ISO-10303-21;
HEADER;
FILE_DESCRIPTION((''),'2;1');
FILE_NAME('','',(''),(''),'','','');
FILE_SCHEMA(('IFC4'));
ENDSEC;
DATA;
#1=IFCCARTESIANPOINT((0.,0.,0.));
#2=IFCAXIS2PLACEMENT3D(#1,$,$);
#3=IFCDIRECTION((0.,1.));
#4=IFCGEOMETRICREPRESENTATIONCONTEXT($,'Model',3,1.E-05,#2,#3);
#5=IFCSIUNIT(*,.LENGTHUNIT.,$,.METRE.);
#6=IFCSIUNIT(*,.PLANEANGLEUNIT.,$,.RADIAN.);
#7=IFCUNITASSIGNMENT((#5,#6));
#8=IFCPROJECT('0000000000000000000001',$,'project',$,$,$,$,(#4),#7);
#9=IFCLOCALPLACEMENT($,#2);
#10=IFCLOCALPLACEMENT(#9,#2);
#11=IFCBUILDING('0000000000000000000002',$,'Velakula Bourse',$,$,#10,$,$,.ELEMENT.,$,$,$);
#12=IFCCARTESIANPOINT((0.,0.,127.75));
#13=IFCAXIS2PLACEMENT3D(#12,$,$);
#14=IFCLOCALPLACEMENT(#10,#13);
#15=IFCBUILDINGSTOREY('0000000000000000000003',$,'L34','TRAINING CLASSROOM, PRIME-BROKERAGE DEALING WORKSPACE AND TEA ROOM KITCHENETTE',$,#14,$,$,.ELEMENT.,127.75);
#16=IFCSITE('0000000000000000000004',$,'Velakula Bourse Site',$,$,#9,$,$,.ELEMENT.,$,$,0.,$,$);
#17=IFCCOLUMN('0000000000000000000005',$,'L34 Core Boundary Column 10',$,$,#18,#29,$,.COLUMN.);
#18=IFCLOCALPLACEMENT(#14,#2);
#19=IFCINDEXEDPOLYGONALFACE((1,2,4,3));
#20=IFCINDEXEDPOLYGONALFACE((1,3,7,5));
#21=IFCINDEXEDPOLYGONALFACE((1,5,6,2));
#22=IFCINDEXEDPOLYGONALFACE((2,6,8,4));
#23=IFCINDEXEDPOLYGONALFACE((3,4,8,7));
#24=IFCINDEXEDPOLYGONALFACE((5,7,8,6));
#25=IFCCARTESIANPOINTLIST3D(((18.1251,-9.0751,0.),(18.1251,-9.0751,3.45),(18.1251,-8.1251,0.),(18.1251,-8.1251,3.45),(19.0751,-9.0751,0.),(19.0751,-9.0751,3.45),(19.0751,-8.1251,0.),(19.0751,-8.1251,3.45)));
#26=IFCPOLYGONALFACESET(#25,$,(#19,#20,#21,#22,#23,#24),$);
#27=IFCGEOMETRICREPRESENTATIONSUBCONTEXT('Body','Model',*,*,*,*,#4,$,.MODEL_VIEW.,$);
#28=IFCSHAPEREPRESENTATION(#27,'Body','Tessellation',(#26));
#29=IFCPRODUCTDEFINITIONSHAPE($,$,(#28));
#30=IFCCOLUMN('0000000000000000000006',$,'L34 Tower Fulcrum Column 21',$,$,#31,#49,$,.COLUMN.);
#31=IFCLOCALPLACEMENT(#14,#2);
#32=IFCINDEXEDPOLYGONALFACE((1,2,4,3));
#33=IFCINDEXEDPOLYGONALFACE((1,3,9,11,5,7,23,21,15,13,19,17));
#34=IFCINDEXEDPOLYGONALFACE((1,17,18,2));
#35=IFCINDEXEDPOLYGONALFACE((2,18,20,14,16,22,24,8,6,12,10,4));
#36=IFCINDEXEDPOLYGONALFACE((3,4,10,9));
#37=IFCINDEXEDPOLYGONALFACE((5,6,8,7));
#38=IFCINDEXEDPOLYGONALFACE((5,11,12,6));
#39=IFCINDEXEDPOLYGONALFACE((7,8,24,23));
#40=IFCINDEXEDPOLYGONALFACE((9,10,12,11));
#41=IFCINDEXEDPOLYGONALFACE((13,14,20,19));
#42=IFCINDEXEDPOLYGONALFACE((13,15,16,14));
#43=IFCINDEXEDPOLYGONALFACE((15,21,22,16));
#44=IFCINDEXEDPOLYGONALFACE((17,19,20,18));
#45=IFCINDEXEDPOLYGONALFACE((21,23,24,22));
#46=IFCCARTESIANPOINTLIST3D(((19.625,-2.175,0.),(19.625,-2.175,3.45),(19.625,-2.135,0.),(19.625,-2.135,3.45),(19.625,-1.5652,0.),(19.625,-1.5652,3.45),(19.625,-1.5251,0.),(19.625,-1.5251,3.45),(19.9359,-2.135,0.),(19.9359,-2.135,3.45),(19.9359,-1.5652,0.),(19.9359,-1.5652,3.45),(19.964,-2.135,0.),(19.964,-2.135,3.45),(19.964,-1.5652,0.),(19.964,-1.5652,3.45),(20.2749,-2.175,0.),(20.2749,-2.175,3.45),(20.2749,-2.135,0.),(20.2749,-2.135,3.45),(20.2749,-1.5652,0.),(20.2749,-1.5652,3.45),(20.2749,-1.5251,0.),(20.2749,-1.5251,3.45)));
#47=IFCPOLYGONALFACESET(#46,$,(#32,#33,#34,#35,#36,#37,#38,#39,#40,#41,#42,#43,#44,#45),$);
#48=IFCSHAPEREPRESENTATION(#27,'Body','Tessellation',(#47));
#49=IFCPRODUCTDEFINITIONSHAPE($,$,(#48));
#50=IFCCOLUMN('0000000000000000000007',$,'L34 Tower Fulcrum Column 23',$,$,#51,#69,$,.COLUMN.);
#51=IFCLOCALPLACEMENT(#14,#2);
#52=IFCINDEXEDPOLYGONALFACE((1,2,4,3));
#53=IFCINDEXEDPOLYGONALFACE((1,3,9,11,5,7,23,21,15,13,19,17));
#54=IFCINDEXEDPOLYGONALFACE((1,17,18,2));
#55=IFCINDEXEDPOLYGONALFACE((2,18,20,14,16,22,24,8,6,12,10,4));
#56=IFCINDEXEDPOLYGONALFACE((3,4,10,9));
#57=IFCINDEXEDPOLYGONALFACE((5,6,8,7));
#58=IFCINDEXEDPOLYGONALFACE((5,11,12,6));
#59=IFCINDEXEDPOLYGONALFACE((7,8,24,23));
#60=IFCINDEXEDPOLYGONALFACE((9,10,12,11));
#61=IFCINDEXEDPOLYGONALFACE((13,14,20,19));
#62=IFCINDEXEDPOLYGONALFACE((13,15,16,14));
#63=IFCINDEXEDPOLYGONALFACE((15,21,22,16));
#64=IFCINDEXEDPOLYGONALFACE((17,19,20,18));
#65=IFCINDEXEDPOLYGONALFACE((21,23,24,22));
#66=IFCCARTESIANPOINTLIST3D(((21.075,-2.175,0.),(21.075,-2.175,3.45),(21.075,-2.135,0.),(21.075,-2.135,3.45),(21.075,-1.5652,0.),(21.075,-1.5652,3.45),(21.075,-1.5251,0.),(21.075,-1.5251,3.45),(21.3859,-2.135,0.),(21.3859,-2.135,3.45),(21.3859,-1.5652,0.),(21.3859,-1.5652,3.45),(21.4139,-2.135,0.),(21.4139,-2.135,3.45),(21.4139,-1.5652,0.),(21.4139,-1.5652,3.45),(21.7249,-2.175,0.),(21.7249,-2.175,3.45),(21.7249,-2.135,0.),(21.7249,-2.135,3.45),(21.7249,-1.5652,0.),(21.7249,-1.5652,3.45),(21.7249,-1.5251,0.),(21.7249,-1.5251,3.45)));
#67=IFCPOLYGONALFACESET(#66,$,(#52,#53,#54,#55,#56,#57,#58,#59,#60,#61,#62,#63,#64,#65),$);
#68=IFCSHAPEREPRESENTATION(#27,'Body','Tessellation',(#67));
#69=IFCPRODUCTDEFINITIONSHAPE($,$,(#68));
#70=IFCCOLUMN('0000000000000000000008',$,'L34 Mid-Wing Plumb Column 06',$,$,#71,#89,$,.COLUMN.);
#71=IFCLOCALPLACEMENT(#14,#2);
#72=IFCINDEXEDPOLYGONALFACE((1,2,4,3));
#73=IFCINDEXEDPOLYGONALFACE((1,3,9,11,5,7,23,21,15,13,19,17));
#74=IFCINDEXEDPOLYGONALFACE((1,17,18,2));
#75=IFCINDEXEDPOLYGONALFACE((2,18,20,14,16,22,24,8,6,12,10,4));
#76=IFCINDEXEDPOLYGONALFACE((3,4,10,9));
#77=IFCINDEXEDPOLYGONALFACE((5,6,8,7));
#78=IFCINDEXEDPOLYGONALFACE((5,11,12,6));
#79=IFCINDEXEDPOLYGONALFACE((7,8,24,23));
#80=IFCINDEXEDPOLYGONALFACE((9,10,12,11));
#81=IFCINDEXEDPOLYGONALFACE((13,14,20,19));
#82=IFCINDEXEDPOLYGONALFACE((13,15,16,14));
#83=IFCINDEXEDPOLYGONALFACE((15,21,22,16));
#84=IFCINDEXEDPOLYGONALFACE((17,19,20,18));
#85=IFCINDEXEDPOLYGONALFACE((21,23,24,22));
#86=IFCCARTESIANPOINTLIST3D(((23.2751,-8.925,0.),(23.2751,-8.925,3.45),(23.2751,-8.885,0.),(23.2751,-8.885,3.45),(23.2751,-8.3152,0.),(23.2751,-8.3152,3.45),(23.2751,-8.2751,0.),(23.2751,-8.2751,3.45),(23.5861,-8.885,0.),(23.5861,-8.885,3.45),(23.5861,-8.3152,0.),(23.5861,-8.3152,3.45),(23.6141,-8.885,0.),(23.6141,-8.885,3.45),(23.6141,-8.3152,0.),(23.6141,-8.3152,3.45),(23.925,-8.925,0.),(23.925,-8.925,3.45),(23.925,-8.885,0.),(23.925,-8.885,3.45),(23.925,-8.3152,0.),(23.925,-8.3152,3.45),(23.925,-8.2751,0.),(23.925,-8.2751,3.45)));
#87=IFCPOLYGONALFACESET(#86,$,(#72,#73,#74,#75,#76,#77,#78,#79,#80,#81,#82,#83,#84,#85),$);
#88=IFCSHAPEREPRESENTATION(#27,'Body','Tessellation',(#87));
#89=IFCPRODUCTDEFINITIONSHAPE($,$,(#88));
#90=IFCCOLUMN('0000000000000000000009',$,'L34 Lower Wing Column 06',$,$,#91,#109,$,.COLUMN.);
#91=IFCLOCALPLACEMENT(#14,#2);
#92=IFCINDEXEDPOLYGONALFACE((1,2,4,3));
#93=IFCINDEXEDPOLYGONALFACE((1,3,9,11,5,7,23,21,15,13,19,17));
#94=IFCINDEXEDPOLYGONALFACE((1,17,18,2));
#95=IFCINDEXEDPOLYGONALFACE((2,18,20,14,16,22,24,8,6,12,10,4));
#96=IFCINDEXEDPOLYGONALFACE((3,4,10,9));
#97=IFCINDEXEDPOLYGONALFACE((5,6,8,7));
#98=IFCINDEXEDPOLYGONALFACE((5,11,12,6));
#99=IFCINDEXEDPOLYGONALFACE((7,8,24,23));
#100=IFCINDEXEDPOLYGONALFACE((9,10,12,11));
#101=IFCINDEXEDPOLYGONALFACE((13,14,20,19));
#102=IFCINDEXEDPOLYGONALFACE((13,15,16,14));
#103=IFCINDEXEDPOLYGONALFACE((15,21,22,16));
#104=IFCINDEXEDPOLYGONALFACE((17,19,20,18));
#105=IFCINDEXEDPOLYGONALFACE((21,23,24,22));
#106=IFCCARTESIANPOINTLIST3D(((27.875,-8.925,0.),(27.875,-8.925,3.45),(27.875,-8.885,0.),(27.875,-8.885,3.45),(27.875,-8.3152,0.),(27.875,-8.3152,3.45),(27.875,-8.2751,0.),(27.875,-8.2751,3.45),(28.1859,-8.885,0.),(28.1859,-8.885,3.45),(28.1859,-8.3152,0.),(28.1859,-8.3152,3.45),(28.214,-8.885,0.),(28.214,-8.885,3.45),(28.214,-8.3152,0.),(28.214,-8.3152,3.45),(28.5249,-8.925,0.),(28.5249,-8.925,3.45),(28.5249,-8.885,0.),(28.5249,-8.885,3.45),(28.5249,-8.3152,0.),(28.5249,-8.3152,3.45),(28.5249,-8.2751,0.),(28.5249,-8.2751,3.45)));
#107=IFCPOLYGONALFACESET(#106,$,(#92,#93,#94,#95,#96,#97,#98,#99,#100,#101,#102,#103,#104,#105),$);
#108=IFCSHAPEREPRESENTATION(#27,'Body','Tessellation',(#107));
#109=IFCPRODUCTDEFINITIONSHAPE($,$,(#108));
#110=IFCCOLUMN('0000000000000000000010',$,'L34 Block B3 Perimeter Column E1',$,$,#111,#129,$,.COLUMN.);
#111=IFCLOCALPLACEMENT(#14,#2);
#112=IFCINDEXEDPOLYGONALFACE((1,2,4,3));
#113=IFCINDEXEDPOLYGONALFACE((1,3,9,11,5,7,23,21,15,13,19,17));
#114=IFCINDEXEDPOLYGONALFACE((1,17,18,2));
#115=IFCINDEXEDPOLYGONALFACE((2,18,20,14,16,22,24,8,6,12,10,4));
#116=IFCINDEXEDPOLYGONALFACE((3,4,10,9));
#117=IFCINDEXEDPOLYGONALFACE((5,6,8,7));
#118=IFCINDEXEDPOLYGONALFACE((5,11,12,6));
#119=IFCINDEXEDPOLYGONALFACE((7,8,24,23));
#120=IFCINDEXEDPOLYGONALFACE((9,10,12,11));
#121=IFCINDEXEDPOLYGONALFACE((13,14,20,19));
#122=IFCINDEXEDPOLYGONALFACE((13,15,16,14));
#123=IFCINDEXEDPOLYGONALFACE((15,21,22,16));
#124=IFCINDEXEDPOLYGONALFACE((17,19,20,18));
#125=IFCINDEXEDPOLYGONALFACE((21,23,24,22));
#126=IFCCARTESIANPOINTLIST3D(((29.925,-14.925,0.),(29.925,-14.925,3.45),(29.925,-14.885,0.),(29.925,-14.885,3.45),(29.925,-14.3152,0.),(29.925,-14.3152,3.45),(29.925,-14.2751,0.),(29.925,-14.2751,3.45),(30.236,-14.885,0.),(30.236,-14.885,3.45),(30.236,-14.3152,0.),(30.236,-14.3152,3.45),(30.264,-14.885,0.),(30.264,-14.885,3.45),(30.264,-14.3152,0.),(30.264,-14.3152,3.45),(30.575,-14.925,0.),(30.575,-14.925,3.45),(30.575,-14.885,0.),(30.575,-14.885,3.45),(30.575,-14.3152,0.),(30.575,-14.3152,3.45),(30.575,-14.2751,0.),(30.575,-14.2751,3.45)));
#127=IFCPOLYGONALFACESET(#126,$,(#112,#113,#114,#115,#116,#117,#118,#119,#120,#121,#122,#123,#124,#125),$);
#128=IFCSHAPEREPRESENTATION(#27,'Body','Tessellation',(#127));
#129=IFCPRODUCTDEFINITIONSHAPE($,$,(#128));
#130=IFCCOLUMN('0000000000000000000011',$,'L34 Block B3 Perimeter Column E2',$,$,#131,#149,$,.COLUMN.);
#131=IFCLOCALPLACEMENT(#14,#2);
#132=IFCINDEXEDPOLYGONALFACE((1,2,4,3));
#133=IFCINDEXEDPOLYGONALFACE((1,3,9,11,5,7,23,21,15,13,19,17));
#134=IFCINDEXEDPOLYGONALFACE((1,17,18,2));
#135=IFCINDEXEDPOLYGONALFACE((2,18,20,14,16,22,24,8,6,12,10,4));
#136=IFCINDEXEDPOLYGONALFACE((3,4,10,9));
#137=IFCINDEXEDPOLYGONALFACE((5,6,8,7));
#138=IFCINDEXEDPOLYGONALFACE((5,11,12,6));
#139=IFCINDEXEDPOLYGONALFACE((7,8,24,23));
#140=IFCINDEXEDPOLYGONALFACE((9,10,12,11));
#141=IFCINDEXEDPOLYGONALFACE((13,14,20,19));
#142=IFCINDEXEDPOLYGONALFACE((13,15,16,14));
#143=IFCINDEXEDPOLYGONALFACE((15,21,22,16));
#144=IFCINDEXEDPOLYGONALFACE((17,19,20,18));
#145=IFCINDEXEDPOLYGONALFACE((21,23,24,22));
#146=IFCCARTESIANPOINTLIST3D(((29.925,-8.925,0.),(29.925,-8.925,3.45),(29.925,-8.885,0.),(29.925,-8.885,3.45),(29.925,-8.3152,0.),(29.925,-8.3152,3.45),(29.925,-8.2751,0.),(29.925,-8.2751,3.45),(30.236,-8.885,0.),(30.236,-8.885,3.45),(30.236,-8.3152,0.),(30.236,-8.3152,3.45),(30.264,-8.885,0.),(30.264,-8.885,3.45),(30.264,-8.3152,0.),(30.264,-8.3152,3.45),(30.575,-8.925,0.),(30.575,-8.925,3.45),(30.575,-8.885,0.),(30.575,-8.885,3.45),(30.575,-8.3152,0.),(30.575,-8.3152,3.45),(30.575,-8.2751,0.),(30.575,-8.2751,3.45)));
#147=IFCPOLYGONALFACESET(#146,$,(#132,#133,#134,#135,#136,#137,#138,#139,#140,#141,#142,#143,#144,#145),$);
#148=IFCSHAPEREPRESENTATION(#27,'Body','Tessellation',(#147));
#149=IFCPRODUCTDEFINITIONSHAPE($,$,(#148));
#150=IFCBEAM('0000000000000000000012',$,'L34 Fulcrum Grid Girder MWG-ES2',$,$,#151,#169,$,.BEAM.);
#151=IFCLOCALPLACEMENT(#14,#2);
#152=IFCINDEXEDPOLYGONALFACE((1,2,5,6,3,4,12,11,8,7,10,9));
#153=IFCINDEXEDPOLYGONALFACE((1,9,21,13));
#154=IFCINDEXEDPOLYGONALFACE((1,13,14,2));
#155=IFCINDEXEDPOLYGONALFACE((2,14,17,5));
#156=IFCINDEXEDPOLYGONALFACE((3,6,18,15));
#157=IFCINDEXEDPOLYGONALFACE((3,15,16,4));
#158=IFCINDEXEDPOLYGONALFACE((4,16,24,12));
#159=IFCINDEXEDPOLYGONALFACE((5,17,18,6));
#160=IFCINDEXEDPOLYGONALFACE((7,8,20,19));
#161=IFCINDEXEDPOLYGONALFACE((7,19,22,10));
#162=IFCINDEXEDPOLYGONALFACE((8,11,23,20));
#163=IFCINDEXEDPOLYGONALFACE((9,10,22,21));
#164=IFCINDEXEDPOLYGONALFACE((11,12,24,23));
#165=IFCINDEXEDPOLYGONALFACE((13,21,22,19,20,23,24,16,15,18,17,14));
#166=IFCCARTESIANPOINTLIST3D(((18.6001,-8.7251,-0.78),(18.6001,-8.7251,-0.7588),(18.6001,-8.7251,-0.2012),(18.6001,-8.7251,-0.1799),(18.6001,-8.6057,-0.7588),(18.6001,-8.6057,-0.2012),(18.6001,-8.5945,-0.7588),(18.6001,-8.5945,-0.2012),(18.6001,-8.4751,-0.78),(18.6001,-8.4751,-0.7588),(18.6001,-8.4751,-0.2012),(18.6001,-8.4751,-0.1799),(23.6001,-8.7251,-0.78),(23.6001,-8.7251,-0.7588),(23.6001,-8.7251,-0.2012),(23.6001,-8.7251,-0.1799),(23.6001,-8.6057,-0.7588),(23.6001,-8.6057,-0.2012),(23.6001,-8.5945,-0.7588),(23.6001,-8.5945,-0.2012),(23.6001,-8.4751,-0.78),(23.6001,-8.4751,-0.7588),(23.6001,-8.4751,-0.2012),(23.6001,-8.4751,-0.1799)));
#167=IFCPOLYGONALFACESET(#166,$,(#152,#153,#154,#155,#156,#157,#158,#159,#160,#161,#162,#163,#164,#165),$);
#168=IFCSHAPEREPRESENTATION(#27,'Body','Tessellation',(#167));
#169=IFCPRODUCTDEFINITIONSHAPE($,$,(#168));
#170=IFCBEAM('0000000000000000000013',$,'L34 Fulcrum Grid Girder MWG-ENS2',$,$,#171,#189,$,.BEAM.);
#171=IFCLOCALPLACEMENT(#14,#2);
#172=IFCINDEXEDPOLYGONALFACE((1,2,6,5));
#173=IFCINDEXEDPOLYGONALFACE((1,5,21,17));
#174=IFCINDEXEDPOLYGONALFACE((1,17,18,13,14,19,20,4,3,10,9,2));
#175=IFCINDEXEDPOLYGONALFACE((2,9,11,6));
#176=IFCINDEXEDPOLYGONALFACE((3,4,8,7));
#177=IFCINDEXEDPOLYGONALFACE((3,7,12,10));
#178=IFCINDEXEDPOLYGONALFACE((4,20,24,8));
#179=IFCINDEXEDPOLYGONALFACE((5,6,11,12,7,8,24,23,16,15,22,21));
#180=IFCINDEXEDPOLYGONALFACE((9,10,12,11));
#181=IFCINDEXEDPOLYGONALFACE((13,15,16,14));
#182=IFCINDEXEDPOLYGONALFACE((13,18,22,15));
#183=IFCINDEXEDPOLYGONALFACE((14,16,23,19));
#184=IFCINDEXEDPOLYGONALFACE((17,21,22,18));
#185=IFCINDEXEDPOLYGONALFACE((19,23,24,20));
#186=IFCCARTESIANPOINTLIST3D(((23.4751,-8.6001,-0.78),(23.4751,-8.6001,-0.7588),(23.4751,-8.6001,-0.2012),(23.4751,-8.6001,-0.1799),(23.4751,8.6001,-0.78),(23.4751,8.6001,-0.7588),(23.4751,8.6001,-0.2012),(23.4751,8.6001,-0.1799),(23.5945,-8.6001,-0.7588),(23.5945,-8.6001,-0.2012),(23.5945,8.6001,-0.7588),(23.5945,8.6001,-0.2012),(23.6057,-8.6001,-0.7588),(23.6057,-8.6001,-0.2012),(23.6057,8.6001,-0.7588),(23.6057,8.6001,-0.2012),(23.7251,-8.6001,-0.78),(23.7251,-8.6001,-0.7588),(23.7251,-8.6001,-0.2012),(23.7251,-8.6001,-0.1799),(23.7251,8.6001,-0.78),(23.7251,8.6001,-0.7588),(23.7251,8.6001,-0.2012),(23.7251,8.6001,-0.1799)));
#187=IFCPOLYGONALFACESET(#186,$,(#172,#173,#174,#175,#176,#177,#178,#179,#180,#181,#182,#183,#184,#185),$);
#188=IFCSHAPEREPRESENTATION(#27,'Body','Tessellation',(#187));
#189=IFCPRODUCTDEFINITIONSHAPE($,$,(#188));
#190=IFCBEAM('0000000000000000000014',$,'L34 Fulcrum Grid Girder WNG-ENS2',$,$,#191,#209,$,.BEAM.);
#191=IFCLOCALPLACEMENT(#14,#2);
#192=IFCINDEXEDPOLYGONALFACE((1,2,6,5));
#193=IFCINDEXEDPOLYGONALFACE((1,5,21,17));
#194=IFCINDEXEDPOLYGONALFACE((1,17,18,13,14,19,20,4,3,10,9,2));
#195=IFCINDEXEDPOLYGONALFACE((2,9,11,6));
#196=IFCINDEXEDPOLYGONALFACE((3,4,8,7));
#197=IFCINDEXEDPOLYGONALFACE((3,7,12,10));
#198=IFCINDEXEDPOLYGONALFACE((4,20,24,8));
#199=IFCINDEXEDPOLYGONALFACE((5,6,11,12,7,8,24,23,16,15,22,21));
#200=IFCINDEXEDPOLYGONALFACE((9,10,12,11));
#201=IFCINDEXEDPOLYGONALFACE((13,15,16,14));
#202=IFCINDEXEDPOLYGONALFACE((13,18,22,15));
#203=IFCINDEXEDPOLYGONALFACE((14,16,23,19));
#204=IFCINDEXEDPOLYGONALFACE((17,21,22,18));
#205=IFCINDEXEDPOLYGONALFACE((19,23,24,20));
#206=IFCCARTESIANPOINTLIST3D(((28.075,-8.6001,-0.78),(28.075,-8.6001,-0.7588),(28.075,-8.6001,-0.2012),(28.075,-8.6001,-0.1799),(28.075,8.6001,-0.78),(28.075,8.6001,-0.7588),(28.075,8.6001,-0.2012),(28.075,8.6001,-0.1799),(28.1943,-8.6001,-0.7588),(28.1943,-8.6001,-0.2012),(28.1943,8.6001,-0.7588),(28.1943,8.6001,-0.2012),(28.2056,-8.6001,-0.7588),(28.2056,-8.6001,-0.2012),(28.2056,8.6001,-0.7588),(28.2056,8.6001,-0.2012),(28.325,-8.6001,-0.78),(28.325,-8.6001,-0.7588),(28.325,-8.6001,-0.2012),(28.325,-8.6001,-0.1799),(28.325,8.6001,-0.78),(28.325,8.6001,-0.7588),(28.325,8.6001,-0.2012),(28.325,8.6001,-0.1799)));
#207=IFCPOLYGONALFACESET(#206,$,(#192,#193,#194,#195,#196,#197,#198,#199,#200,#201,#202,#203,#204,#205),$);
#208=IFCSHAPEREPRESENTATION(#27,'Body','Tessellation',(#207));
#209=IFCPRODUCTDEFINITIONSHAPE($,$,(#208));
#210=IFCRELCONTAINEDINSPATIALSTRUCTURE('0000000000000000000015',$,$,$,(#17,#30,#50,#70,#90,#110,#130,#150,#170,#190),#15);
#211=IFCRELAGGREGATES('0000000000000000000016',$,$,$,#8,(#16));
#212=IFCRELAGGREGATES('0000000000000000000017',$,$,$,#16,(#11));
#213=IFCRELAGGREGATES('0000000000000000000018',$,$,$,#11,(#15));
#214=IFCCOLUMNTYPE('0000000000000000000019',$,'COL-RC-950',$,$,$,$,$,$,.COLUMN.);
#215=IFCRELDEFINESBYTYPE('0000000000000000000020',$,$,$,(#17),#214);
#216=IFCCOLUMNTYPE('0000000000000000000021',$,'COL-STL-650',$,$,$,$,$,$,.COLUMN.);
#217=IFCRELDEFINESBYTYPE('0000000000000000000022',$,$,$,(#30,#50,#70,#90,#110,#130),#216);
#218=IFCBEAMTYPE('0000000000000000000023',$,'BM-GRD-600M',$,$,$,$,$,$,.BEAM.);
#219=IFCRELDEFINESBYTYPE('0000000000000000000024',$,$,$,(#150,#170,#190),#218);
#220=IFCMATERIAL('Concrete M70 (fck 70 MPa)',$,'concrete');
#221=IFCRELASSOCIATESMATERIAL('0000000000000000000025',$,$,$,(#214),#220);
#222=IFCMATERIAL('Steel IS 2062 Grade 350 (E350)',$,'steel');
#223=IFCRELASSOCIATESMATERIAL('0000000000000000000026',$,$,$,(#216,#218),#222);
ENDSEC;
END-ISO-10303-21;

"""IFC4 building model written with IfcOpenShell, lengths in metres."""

from ifc_helpers import new_model, si_unit, direction, frame, origin, origin_2d, place, context, subcontext, project, spatial, rectangle, i_section, extrude, material, material_profile, profile_set, type_object, element, save


model = new_model("IFC4")

# Units and contexts
model_context = context("Model", 3, precision=1e-05, world=origin(), true_north=direction((0.0, 1.0)))
body_context = subcontext(model_context, "Body", "Model", "MODEL_VIEW")
ifc_project = project(units=[si_unit("LENGTHUNIT", "METRE"), si_unit("PLANEANGLEUNIT", "RADIAN")], contexts=[model_context])

# Site, building, storey
site_placement = place(None, origin())
site = spatial("IfcSite", under=ifc_project, at=site_placement, Name="Velakula Bourse Site", CompositionType="ELEMENT", RefElevation=0.0)
building_placement = place(site_placement, origin())
building = spatial("IfcBuilding", under=site, at=building_placement, Name="Velakula Bourse", CompositionType="ELEMENT")
storey_placement = place(building_placement, frame((0.0, 0.0, 127.75)))
storey = spatial("IfcBuildingStorey", under=building, at=storey_placement, Name="L34", Description="TRAINING CLASSROOM, PRIME-BROKERAGE DEALING WORKSPACE AND TEA ROOM KITCHENETTE", CompositionType="ELEMENT", Elevation=127.75)

# Columns
ifc_material_1 = material(Name="Concrete M70 (fck 70 MPa)", Category="concrete")
ifc_material_profile_1 = material_profile(ifc_material_1, rectangle(XDim=0.95, YDim=0.95, at=origin_2d()), Name="Concrete M70 (fck 70 MPa)")
ifc_profile_set_1 = profile_set([ifc_material_profile_1], Name="Concrete M70 (fck 70 MPa)")
column_type_1 = type_object("IfcColumnType", Name="COL-RC-950", PredefinedType="COLUMN", material=ifc_profile_set_1)
column_placement = place(storey_placement, frame((18.6001, -8.6001, 0.0), z_axis=(0.0, 0.0, 1.0), x_axis=(1.0, 0.0, 0.0)))
element("IfcColumn", 1, at=column_placement, inside=storey, type_object=column_type_1, Name="L34 Core Boundary Column 10", PredefinedType="COLUMN", context=body_context, shape_type="SweptSolid", body=[
    extrude(rectangle(XDim=0.95, YDim=0.95, at=origin_2d()), origin(), (0.0, 0.0, 1.0), 3.45),
])
ifc_material_2 = material(Name="Steel IS 2062 Grade 350 (E350)", Category="steel")
ifc_material_profile_2 = material_profile(ifc_material_2, i_section(OverallWidth=0.6499, OverallDepth=0.6499, WebThickness=0.0281, FlangeThickness=0.04, at=origin_2d()), Name="Steel IS 2062 Grade 350 (E350)")
ifc_profile_set_2 = profile_set([ifc_material_profile_2], Name="Steel IS 2062 Grade 350 (E350)")
column_type_2 = type_object("IfcColumnType", Name="COL-STL-650", PredefinedType="COLUMN", material=ifc_profile_set_2)
for number, where, z_axis, x_axis, name in (
    (2, (19.95, -1.8501, 0.0), (0.0, 0.0, 1.0), (1.0, 0.0, 0.0), "L34 Tower Fulcrum Column 21"),
    (3, (21.3999, -1.8501, 0.0), (0.0, 0.0, 1.0), (1.0, 0.0, 0.0), "L34 Tower Fulcrum Column 23"),
    (4, (23.6001, -8.6001, 0.0), (0.0, 0.0, 1.0), (1.0, 0.0, 0.0), "L34 Mid-Wing Plumb Column 06"),
    (5, (28.2, -8.6001, 0.0), (0.0, 0.0, 1.0), (1.0, 0.0, 0.0), "L34 Lower Wing Column 06"),
    (6, (30.25, -14.6001, 0.0), (0.0, 0.0, 1.0), (1.0, 0.0, 0.0), "L34 Block B3 Perimeter Column E1"),
    (7, (30.25, -8.6001, 0.0), (0.0, 0.0, 1.0), (1.0, 0.0, 0.0), "L34 Block B3 Perimeter Column E2"),
):
    element("IfcColumn", number, at=place(storey_placement, frame(where, z_axis=z_axis, x_axis=x_axis)), inside=storey, type_object=column_type_2, Name=name, PredefinedType="COLUMN", context=body_context, shape_type="SweptSolid", body=[
        extrude(i_section(OverallWidth=0.6499, OverallDepth=0.6499, WebThickness=0.0281, FlangeThickness=0.04, at=origin_2d()), origin(), (0.0, 0.0, 1.0), 3.45),
    ])

# Beams
ifc_material_profile_3 = material_profile(ifc_material_2, i_section(OverallWidth=0.25, OverallDepth=0.6001, WebThickness=0.0112, FlangeThickness=0.0212, at=origin_2d()), Name="Steel IS 2062 Grade 350 (E350)")
ifc_profile_set_3 = profile_set([ifc_material_profile_3], Name="Steel IS 2062 Grade 350 (E350)")
beam_type_1 = type_object("IfcBeamType", Name="BM-GRD-600M", PredefinedType="BEAM", material=ifc_profile_set_3)
beam_1_placement = place(storey_placement, frame((18.6001, -8.6001, -0.48), z_axis=(1.0, 0.0, 0.0), x_axis=(0.0, 1.0, 0.0)))
element("IfcBeam", 8, at=beam_1_placement, inside=storey, type_object=beam_type_1, Name="L34 Fulcrum Grid Girder MWG-ES2", PredefinedType="BEAM", context=body_context, shape_type="SweptSolid", body=[
    extrude(i_section(OverallWidth=0.25, OverallDepth=0.6001, WebThickness=0.0112, FlangeThickness=0.0212, at=origin_2d()), origin(), (0.0, 0.0, 1.0), 5.0),
])
for number, where, z_axis, x_axis, name in (
    (9, (23.6001, -8.6001, -0.48), (0.0, 1.0, 0.0), (-1.0, 0.0, 0.0), "L34 Fulcrum Grid Girder MWG-ENS2"),
    (10, (28.2, -8.6001, -0.48), (0.0, 1.0, 0.0), (-1.0, 0.0, 0.0), "L34 Fulcrum Grid Girder WNG-ENS2"),
):
    element("IfcBeam", number, at=place(storey_placement, frame(where, z_axis=z_axis, x_axis=x_axis)), inside=storey, type_object=beam_type_1, Name=name, PredefinedType="BEAM", context=body_context, shape_type="SweptSolid", body=[
        extrude(i_section(OverallWidth=0.25, OverallDepth=0.6001, WebThickness=0.0112, FlangeThickness=0.0212, at=origin_2d()), origin(), (0.0, 0.0, 1.0), 17.2002),
    ])

save(model, "model.ifc")
